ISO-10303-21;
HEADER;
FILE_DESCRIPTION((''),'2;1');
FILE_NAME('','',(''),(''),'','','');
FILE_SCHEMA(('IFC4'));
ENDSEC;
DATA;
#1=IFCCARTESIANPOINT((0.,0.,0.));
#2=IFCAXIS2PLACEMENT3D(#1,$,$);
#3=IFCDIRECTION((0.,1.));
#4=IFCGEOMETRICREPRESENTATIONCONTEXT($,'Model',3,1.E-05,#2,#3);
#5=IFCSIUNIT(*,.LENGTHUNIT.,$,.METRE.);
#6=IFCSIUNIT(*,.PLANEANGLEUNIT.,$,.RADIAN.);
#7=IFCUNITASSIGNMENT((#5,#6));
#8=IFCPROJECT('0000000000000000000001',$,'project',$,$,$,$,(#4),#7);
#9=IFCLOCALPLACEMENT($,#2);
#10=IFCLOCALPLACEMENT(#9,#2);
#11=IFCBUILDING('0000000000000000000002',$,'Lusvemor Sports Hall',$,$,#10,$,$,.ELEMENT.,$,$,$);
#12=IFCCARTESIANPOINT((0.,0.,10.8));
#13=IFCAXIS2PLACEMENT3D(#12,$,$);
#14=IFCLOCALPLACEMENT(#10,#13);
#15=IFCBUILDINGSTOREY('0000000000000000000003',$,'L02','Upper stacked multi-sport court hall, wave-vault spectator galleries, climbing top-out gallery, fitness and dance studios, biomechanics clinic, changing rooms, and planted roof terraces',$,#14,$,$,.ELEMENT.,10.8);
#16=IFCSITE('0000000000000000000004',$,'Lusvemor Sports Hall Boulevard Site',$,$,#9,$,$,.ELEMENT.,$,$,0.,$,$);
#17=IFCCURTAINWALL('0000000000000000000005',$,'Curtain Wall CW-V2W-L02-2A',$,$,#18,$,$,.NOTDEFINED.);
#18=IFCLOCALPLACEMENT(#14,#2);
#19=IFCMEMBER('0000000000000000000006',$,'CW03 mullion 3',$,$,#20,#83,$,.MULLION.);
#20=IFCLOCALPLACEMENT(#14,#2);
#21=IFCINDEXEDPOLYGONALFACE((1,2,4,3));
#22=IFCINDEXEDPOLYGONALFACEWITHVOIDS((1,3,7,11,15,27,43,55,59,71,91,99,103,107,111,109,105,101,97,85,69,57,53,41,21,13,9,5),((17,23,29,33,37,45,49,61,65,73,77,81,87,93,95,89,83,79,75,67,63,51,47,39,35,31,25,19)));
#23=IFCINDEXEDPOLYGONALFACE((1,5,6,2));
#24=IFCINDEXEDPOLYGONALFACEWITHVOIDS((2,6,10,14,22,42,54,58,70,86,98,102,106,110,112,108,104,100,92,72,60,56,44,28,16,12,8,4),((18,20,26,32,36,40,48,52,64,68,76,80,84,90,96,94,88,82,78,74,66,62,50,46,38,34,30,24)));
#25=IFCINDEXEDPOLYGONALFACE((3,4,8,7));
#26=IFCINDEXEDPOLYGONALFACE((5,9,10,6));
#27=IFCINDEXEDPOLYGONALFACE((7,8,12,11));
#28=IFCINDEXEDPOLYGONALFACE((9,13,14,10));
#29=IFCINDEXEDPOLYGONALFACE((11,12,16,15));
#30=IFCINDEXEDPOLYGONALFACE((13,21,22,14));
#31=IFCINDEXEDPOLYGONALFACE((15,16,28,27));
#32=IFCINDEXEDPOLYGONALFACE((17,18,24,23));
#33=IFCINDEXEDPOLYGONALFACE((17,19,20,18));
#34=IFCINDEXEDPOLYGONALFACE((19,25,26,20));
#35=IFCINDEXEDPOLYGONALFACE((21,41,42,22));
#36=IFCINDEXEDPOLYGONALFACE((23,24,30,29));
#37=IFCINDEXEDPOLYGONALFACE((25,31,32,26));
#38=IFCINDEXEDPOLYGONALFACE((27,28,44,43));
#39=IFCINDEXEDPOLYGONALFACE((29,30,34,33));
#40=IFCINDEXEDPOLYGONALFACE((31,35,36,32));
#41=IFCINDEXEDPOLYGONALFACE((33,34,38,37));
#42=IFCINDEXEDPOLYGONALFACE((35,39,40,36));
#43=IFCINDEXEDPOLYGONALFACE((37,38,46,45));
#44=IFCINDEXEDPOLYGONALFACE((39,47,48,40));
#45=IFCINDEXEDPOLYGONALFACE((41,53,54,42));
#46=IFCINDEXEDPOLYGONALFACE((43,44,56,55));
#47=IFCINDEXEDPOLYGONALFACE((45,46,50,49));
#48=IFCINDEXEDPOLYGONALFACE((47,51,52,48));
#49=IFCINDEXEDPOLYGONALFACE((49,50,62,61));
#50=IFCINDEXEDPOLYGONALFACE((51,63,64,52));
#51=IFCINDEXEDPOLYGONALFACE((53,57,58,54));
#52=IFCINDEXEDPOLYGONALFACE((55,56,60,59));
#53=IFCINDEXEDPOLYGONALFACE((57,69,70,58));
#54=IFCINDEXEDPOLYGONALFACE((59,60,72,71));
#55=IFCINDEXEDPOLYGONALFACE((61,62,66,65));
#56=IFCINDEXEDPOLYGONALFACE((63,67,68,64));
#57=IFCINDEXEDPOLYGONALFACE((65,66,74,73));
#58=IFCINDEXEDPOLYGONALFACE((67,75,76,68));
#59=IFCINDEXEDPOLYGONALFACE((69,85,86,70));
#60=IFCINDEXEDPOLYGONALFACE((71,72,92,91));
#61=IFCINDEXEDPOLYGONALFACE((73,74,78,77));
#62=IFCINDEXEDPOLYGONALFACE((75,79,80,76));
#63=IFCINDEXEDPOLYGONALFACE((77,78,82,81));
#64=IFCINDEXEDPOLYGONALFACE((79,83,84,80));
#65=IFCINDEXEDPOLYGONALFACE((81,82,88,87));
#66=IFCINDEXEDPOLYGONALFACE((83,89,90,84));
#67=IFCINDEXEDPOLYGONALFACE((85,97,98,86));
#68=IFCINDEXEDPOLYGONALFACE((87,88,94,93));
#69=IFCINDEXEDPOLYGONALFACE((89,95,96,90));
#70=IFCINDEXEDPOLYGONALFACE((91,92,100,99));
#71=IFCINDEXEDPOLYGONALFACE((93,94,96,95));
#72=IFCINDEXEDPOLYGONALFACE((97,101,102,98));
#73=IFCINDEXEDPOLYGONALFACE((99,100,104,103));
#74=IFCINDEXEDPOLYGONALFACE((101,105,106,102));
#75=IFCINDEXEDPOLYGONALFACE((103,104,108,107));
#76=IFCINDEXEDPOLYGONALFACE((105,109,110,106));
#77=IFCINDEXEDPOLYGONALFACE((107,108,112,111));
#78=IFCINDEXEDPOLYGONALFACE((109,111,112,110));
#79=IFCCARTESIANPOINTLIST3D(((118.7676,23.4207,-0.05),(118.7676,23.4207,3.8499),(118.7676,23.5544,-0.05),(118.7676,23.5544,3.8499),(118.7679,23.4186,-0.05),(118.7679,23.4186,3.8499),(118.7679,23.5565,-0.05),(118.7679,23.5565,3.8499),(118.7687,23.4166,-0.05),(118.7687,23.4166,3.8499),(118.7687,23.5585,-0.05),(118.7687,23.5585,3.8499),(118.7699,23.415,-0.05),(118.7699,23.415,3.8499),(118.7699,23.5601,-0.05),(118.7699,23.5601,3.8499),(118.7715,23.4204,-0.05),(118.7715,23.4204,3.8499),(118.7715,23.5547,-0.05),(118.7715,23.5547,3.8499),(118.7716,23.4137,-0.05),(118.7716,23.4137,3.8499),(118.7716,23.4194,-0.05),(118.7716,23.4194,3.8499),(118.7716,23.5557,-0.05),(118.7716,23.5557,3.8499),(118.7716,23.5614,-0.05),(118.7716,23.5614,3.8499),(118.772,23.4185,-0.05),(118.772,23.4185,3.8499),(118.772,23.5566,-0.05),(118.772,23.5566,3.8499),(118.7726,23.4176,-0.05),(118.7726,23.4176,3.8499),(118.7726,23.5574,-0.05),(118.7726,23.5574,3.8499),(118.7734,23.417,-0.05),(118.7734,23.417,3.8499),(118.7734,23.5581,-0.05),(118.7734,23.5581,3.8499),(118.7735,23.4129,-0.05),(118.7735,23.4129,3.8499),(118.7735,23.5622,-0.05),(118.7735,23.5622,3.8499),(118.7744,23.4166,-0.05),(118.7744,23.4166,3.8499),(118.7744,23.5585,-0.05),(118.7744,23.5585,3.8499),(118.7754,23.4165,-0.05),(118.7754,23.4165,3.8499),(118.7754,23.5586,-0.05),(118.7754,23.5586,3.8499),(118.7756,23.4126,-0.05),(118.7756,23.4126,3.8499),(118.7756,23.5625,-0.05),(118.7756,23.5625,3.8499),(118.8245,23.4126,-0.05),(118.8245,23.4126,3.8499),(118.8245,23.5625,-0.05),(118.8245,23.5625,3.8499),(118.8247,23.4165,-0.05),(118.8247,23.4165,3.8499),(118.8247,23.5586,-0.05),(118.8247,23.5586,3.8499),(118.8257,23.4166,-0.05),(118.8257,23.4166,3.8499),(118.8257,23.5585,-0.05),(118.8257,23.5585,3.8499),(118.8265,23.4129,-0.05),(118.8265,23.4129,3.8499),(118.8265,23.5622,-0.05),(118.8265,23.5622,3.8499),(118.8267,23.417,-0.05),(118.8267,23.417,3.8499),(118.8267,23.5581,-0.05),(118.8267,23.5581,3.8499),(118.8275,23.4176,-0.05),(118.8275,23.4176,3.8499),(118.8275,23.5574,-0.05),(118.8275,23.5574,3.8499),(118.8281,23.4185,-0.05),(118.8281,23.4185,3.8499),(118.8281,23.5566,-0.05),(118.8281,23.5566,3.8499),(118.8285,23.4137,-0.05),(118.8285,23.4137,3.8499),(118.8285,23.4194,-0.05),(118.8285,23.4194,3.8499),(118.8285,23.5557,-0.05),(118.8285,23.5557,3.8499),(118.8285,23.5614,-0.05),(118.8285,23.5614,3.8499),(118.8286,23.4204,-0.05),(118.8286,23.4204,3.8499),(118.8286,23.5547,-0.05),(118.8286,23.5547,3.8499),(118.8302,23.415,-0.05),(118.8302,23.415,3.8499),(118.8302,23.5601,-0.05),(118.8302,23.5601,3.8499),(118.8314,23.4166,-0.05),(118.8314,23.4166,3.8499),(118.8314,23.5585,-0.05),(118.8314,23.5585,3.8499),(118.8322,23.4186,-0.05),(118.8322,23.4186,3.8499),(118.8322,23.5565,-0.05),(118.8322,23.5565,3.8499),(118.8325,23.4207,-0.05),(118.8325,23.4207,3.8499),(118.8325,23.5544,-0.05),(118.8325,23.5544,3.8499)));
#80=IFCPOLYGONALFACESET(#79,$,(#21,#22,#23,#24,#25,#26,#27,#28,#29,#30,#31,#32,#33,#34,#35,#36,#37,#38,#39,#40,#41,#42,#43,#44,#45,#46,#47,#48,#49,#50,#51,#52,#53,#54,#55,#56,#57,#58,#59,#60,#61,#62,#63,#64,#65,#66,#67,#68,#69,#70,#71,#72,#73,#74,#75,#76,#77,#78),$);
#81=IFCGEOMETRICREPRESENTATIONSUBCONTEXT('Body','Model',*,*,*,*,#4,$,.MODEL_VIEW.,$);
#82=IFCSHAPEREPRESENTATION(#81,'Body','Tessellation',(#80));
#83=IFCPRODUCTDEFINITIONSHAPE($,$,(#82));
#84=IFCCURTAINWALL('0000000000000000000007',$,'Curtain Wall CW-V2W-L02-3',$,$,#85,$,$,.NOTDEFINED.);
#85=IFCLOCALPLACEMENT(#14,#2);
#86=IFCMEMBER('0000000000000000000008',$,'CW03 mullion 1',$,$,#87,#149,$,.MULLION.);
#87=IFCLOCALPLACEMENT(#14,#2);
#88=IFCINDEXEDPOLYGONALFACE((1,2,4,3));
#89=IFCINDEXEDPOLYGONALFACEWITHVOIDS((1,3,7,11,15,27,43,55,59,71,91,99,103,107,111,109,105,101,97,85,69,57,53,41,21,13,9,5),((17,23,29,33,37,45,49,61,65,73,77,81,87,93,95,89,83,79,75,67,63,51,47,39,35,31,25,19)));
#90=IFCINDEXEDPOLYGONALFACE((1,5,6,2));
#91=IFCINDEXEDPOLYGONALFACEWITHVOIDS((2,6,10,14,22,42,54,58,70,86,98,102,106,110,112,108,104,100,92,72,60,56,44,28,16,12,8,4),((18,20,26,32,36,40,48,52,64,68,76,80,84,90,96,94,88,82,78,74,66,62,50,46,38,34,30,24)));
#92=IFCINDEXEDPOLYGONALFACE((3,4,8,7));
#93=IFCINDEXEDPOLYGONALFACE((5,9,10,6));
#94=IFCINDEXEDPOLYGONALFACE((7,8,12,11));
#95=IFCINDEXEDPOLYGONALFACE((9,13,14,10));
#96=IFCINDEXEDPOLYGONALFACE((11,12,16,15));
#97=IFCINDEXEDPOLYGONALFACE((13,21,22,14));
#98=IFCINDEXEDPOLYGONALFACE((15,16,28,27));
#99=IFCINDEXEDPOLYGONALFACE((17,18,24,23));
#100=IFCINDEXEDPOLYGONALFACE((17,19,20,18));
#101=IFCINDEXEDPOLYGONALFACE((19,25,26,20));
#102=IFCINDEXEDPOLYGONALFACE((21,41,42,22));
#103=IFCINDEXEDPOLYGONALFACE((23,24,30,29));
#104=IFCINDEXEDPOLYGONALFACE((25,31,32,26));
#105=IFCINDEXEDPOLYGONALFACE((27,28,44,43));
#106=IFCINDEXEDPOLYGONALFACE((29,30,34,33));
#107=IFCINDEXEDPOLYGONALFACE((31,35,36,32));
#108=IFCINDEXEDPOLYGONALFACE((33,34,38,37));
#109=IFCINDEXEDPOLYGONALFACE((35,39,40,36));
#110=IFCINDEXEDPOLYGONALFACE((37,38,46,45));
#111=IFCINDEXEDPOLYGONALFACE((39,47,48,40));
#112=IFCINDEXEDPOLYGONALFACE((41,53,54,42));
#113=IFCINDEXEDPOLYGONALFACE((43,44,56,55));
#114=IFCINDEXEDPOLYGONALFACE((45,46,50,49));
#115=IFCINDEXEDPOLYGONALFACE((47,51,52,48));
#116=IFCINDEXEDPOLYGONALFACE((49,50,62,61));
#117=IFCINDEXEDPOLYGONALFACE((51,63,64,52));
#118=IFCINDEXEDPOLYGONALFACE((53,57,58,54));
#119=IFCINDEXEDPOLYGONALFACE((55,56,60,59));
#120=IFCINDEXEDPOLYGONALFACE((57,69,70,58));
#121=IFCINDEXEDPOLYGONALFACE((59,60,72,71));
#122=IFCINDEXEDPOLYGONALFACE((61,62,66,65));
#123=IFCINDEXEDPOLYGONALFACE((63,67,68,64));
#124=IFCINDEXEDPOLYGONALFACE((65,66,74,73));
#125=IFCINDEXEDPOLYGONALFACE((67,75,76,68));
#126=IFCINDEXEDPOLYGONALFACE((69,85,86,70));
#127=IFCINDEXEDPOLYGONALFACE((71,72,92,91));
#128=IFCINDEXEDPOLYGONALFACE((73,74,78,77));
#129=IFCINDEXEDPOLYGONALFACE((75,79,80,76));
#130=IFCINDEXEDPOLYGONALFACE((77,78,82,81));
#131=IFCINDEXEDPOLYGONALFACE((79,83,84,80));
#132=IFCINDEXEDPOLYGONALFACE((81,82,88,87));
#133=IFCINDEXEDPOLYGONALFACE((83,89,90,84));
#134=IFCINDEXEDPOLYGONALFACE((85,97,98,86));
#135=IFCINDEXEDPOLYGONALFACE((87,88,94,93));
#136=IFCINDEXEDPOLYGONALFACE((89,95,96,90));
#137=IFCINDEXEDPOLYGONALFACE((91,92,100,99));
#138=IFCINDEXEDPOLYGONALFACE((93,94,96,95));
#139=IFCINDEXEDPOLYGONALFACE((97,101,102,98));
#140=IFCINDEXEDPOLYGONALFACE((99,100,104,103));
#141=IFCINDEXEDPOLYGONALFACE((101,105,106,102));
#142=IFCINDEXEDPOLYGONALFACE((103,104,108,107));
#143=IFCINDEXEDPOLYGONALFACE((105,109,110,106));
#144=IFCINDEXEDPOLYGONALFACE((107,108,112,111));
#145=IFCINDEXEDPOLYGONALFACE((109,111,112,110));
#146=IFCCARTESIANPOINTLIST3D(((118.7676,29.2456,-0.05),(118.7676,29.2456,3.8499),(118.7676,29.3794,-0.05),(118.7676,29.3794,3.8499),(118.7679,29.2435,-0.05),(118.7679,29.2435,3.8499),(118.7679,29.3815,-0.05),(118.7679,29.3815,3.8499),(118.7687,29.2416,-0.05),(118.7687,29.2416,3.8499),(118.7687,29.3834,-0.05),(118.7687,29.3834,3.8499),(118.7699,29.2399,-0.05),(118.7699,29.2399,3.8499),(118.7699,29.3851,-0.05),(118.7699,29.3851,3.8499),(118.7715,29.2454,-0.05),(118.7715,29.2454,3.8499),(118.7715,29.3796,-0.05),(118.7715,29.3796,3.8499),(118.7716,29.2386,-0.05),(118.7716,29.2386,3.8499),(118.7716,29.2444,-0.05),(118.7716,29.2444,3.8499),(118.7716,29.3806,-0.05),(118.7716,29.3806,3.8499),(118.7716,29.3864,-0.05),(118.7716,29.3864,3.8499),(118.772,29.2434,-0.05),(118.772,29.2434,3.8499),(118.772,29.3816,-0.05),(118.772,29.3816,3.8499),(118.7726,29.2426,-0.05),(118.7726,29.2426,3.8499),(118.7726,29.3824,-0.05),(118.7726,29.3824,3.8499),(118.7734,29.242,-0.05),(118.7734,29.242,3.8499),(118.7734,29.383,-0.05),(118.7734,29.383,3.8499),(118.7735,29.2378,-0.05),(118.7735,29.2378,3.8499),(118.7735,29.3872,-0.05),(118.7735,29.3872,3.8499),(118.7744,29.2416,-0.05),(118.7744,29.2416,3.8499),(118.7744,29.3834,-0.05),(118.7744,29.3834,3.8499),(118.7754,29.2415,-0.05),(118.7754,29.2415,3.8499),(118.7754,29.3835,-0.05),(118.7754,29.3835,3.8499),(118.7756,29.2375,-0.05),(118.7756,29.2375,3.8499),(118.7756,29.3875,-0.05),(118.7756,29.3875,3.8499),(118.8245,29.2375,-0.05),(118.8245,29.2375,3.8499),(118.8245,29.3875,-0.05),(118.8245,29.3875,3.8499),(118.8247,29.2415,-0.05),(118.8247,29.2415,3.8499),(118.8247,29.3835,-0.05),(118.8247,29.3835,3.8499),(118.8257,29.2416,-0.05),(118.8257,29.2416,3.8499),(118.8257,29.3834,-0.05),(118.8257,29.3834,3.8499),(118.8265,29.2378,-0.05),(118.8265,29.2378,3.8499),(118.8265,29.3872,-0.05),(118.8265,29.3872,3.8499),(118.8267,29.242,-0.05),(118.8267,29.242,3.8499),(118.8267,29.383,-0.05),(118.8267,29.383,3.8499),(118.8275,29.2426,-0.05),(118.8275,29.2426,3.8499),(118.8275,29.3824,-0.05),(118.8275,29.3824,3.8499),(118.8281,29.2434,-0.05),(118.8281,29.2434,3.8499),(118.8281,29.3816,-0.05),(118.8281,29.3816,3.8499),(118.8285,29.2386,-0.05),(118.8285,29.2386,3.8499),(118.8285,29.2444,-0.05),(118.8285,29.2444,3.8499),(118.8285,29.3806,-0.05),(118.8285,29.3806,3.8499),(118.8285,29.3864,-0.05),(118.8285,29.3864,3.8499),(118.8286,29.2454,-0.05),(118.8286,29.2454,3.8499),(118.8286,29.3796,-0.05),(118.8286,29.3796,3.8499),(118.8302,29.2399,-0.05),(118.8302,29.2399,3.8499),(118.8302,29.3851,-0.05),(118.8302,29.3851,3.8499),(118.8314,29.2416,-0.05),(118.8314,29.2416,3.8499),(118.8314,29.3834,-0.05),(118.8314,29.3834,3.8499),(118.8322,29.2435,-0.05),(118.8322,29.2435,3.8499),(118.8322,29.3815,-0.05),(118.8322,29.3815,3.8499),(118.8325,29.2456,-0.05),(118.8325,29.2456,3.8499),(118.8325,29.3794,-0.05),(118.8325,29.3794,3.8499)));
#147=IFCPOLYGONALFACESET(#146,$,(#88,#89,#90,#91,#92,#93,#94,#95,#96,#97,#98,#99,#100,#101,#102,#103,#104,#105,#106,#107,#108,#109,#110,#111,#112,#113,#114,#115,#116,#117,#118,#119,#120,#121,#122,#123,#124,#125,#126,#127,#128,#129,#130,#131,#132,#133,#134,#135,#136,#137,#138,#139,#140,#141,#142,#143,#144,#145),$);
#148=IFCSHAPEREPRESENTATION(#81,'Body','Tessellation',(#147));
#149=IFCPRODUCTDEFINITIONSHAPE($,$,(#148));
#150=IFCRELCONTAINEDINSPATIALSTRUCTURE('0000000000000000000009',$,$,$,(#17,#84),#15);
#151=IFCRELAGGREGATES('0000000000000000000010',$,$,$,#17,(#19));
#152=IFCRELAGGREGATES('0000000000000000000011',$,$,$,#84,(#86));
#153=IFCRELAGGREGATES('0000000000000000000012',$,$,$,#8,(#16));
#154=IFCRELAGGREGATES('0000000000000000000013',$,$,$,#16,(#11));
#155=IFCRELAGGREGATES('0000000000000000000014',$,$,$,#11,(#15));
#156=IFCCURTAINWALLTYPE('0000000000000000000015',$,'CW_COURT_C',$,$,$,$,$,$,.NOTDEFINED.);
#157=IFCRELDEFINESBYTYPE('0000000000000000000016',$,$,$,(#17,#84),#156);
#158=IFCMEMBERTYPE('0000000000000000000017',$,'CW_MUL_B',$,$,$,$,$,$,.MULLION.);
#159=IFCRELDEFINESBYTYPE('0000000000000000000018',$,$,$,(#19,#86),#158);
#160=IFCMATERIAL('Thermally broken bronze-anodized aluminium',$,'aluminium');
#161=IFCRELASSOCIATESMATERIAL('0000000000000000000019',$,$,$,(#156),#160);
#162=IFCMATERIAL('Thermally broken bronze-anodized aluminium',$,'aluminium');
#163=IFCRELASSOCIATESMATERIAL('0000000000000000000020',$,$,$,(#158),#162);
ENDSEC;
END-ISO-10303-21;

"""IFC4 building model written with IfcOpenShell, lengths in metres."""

from ifc_helpers import new_model, si_unit, direction, frame, origin, origin_2d, place, context, subcontext, project, spatial, hollow_rectangle, extrude, material, material_profile, profile_set, type_object, element, aggregate, save


model = new_model("IFC4")

# Units and contexts
model_context = context("Model", 3, precision=1e-05, world=origin(), true_north=direction((0.0, 1.0)))
body_context = subcontext(model_context, "Body", "Model", "MODEL_VIEW")
ifc_project = project(units=[si_unit("LENGTHUNIT", "METRE"), si_unit("PLANEANGLEUNIT", "RADIAN")], contexts=[model_context])

# Site, building, storey
site_placement = place(None, origin())
site = spatial("IfcSite", under=ifc_project, at=site_placement, Name="Lusvemor Sports Hall Boulevard Site", CompositionType="ELEMENT", RefElevation=0.0)
building_placement = place(site_placement, origin())
building = spatial("IfcBuilding", under=site, at=building_placement, Name="Lusvemor Sports Hall", CompositionType="ELEMENT")
storey_placement = place(building_placement, frame((0.0, 0.0, 10.8)))
storey = spatial("IfcBuildingStorey", under=building, at=storey_placement, Name="L02", Description="Upper stacked multi-sport court hall, wave-vault spectator galleries, climbing top-out gallery, fitness and dance studios, biomechanics clinic, changing rooms, and planted roof terraces", CompositionType="ELEMENT", Elevation=10.8)

# Curtain wall, member
ifc_material_1 = material(Name="Thermally broken bronze-anodized aluminium", Category="aluminium")
curtain_wall_type = type_object("IfcCurtainWallType", Name="CW_COURT_C", PredefinedType="NOTDEFINED", material=ifc_material_1)
curtain_wall_1_placement = place(storey_placement, origin())
curtain_wall_1 = element("IfcCurtainWall", 1, at=curtain_wall_1_placement, inside=storey, type_object=curtain_wall_type, Name="Curtain Wall CW-V2W-L02-2A", PredefinedType="NOTDEFINED")
ifc_material_2 = material(Name="Thermally broken bronze-anodized aluminium", Category="aluminium")
ifc_material_profile_1 = material_profile(ifc_material_2, hollow_rectangle(XDim=0.0649, YDim=0.1499, WallThickness=0.0039, InnerFilletRadius=0.0039, OuterFilletRadius=0.0081, at=origin_2d()), Name="CWMUL150x65x4")
ifc_profile_set_1 = profile_set([ifc_material_profile_1], Name="Thermally broken bronze-anodized aluminium")
member_type_1 = type_object("IfcMemberType", Name="CW_MUL_B", PredefinedType="MULLION", material=ifc_profile_set_1)
member_1_placement = place(storey_placement, frame((118.8, 23.4875, -0.05), z_axis=(0.0, 0.0, 1.0), x_axis=(-1.0, 0.0, 0.0)))
member_1 = element("IfcMember", 2, at=member_1_placement, type_object=member_type_1, Name="CW03 mullion 3", PredefinedType="MULLION", context=body_context, shape_type="SweptSolid", body=[
    extrude(hollow_rectangle(XDim=0.0649, YDim=0.1499, WallThickness=0.0039, InnerFilletRadius=0.0039, OuterFilletRadius=0.0081, at=origin_2d()), origin(), (0.0, 0.0, 1.0), 3.8999),
])

# Curtain wall, member
curtain_wall_2_placement = place(storey_placement, origin())
curtain_wall_2 = element("IfcCurtainWall", 3, at=curtain_wall_2_placement, inside=storey, type_object=curtain_wall_type, Name="Curtain Wall CW-V2W-L02-3", PredefinedType="NOTDEFINED")
member_2_placement = place(storey_placement, frame((118.8, 29.3125, -0.05), z_axis=(0.0, 0.0, 1.0), x_axis=(-1.0, 0.0, 0.0)))
member_2 = element("IfcMember", 4, at=member_2_placement, type_object=member_type_1, Name="CW03 mullion 1", PredefinedType="MULLION", context=body_context, shape_type="SweptSolid", body=[
    extrude(hollow_rectangle(XDim=0.0649, YDim=0.1499, WallThickness=0.0039, InnerFilletRadius=0.0039, OuterFilletRadius=0.0081, at=origin_2d()), origin(), (0.0, 0.0, 1.0), 3.8999),
])

aggregate(curtain_wall_1, [member_1])
aggregate(curtain_wall_2, [member_2])

save(model, "model.ifc")
